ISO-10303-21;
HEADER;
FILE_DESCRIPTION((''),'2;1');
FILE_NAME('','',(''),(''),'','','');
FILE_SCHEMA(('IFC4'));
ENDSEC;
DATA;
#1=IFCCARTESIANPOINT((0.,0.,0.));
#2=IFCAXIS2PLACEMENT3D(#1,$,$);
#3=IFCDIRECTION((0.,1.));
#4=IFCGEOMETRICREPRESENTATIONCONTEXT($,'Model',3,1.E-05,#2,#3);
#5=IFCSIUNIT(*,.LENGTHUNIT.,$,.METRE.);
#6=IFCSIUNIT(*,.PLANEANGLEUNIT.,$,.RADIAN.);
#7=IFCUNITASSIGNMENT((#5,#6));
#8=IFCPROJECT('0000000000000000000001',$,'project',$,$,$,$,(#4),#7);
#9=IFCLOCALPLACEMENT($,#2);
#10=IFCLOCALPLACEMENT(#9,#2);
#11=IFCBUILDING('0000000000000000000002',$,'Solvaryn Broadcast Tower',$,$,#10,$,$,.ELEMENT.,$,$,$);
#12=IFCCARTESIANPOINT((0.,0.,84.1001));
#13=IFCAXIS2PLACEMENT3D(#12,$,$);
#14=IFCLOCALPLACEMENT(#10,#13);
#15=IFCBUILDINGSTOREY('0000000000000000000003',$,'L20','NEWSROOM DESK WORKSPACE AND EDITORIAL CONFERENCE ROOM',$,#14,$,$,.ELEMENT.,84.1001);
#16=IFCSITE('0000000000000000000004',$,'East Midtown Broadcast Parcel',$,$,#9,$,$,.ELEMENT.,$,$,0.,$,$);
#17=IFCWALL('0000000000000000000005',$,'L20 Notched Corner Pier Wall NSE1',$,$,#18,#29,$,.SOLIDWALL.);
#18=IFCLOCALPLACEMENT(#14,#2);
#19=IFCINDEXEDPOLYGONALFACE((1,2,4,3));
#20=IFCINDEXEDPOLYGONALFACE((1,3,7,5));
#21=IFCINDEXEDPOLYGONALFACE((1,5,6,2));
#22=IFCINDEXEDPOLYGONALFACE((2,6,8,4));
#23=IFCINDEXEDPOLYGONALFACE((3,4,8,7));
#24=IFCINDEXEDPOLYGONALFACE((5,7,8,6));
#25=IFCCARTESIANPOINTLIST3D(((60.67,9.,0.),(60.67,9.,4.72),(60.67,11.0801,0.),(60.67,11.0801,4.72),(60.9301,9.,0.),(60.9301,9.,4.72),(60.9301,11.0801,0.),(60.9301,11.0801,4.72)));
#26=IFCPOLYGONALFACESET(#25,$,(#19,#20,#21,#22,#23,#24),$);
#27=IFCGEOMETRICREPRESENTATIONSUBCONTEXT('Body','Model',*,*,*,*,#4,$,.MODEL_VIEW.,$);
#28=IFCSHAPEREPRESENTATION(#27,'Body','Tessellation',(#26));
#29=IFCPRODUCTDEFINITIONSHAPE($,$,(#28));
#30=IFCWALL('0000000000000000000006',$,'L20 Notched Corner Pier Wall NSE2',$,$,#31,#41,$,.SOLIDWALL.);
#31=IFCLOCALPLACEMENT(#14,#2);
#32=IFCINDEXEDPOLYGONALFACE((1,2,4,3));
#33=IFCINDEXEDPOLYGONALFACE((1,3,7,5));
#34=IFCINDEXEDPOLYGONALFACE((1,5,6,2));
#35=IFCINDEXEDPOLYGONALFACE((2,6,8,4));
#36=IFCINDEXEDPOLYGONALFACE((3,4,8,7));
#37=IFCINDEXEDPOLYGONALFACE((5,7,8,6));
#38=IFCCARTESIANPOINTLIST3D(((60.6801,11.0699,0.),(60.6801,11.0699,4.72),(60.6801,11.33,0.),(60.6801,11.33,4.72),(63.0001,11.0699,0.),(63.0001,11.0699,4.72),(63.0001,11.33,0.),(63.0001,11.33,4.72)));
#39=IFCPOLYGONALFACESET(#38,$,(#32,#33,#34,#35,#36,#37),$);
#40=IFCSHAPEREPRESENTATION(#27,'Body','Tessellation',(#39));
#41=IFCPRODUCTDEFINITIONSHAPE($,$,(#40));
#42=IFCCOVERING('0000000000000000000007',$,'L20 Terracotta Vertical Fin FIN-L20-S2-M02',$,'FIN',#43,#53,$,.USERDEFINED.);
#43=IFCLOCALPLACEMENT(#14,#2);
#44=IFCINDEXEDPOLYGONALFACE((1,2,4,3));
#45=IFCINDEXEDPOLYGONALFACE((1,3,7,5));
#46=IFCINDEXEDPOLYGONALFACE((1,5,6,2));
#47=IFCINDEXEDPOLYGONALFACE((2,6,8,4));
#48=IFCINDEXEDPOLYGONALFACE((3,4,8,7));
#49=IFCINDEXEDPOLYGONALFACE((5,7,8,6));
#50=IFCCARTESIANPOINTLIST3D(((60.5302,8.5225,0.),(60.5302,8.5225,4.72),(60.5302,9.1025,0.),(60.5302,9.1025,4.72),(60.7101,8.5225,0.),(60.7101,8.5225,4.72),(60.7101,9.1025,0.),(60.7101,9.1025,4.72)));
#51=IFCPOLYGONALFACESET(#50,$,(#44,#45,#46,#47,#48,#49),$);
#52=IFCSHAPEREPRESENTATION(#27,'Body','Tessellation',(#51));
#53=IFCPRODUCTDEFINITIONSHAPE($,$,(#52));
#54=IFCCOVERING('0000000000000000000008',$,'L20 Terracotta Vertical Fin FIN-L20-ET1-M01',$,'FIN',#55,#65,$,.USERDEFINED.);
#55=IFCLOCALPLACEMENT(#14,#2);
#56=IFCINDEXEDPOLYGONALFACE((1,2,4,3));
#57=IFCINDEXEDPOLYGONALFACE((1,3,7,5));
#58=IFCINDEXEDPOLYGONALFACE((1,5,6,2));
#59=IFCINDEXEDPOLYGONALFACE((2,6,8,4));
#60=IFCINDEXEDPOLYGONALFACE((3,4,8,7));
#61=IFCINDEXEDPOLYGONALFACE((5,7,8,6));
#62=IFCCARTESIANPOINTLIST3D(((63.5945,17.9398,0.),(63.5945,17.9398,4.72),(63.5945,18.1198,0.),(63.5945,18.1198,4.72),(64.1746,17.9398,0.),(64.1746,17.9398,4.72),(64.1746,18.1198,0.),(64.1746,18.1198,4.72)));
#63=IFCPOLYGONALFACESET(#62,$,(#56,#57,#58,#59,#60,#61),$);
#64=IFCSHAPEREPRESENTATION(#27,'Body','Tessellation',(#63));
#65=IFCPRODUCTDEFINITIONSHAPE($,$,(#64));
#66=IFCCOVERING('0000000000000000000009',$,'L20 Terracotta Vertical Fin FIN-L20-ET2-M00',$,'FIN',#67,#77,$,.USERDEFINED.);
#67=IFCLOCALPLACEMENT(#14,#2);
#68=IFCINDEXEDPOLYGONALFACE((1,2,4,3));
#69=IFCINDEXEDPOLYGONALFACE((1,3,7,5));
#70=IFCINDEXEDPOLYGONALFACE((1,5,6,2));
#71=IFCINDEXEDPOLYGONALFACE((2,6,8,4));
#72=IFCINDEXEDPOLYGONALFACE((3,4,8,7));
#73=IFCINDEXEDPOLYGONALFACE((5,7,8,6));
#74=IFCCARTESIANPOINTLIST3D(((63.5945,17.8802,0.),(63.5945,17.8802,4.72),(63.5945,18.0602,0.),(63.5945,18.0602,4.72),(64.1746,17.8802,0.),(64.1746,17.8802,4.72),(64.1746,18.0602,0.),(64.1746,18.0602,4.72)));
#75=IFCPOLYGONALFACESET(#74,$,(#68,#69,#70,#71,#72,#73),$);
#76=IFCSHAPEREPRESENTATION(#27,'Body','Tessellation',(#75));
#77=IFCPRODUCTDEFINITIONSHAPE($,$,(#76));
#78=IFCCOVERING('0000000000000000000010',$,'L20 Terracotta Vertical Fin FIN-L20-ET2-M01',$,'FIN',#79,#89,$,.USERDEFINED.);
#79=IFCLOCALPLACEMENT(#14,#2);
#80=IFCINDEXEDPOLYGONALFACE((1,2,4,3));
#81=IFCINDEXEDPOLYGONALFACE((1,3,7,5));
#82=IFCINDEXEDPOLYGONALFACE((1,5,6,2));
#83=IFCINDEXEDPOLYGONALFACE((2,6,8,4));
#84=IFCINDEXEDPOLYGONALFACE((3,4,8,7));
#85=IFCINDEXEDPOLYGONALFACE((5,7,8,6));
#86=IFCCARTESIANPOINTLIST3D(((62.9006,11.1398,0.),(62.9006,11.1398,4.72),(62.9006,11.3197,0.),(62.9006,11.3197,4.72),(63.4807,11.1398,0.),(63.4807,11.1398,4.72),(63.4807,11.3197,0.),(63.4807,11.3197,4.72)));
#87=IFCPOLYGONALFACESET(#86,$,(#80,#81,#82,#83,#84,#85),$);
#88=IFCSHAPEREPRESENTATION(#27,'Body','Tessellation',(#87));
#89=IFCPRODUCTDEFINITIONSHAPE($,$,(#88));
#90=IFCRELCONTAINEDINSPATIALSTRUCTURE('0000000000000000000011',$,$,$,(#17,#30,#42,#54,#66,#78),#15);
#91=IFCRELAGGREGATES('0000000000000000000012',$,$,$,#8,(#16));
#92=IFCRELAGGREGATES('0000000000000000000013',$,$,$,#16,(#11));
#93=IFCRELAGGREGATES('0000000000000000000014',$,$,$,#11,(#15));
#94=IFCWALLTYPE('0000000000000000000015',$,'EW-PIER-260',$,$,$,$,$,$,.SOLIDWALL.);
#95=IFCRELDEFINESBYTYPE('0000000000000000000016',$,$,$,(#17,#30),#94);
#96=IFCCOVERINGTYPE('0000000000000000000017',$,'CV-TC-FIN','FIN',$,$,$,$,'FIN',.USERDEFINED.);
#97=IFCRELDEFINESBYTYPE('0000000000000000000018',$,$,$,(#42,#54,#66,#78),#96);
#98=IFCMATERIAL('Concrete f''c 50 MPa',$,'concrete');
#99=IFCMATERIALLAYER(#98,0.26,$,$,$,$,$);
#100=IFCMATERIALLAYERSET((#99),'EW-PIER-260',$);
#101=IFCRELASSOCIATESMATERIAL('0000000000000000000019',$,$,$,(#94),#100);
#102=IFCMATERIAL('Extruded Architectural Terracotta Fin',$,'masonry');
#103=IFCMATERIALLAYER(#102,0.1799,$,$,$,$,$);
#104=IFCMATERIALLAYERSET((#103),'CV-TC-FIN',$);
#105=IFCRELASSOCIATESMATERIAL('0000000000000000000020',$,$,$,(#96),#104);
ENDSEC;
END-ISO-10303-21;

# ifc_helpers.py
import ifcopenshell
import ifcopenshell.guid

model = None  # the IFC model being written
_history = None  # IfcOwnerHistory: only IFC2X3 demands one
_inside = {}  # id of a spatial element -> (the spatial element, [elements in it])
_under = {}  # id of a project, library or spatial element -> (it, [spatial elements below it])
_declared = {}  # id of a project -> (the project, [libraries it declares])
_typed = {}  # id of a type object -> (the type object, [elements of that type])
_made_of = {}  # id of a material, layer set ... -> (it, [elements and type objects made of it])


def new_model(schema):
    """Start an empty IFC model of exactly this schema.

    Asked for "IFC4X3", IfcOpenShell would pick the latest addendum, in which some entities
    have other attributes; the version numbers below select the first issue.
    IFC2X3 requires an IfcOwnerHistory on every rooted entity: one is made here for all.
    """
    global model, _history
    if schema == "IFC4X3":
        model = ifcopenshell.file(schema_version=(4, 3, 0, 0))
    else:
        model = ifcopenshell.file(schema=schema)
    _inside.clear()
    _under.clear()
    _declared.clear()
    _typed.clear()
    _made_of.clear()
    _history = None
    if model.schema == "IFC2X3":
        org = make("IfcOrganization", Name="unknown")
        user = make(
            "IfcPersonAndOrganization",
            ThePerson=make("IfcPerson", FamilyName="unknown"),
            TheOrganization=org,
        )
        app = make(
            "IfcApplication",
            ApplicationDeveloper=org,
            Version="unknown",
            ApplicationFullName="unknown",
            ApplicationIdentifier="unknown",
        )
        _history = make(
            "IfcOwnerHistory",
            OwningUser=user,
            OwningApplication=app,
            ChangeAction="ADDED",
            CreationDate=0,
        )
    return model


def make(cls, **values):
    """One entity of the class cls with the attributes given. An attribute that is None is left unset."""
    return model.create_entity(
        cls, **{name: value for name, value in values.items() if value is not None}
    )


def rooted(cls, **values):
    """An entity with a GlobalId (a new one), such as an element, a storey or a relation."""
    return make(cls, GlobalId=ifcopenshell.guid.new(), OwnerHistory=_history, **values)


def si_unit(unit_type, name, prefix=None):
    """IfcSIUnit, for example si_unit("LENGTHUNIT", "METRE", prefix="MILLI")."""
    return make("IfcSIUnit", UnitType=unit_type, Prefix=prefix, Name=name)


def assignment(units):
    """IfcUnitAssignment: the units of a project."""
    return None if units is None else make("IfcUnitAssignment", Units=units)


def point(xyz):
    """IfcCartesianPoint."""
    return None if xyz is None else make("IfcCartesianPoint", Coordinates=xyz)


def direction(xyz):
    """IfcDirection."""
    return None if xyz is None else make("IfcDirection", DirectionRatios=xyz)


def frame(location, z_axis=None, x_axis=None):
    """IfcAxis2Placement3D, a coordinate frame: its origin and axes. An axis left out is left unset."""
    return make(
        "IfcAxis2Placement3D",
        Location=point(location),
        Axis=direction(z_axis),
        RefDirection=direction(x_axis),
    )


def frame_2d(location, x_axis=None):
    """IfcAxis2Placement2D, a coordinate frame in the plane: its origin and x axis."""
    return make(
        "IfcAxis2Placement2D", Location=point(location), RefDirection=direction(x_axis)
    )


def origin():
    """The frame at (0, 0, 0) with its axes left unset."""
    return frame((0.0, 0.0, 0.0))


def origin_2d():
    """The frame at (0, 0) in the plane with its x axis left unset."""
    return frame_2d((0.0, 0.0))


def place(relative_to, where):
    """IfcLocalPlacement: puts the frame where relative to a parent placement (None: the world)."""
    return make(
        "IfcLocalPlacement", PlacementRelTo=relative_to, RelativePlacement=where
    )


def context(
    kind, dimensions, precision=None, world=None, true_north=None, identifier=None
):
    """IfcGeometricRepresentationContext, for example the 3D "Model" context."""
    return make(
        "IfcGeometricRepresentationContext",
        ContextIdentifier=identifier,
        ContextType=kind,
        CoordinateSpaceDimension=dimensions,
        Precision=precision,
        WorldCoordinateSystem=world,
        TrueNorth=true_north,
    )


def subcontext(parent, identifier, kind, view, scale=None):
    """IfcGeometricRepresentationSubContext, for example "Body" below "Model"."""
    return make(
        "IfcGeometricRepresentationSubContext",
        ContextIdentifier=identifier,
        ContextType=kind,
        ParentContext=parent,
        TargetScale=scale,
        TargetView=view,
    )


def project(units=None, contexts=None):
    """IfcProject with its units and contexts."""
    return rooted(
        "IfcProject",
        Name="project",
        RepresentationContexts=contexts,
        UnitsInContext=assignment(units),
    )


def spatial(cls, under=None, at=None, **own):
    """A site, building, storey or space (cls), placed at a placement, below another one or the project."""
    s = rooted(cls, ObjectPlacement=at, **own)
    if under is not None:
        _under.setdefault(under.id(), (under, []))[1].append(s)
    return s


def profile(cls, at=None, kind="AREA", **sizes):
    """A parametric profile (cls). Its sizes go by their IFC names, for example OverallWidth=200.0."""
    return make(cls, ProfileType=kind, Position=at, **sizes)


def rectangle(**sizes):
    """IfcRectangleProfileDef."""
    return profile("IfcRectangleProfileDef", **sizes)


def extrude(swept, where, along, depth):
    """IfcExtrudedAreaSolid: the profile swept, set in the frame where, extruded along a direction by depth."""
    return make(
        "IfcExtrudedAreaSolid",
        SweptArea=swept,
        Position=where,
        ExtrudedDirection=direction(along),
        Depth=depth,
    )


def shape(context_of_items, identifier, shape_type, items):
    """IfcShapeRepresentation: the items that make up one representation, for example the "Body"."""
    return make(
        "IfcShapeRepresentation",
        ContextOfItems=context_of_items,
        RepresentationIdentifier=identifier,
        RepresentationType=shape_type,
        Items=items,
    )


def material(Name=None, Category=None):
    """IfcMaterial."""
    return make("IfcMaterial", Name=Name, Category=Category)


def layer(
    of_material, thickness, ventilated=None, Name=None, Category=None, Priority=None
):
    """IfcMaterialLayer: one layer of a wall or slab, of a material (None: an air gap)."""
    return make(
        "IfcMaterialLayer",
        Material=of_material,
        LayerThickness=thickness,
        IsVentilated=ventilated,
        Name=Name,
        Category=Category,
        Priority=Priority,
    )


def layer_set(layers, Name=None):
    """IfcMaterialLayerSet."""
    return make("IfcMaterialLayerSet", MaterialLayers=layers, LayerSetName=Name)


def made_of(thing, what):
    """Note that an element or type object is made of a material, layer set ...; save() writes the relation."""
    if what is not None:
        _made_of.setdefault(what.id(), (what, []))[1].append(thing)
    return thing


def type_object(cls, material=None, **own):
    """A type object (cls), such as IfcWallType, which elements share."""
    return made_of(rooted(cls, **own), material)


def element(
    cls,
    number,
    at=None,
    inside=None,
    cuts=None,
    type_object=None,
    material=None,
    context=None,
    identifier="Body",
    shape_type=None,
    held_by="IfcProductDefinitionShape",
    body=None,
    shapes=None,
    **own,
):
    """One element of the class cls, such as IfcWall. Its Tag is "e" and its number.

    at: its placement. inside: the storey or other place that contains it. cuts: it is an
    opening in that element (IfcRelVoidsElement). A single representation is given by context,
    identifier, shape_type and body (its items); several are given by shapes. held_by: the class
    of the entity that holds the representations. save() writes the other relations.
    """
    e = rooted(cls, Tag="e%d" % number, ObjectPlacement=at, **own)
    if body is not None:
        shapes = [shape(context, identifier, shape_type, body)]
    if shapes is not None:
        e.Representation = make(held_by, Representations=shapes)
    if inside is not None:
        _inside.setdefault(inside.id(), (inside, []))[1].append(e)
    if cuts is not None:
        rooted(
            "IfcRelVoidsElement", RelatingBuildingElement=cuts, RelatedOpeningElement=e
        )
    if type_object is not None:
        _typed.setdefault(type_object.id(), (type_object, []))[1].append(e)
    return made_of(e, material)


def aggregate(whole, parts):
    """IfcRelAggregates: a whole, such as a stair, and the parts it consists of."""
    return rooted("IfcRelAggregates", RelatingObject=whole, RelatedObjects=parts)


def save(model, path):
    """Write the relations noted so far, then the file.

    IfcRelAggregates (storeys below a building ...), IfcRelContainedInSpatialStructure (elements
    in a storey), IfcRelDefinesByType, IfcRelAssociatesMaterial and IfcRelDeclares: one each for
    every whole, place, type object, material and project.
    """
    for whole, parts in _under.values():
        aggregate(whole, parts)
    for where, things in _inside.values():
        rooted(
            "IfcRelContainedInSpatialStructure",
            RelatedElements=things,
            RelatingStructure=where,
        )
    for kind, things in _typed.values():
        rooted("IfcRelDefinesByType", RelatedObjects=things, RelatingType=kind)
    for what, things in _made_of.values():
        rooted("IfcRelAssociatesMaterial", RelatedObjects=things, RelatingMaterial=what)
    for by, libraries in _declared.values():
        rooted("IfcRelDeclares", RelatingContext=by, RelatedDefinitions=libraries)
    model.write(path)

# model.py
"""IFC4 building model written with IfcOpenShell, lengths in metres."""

from ifc_helpers import new_model, si_unit, direction, frame, frame_2d, origin, origin_2d, place, context, subcontext, project, spatial, rectangle, extrude, material, layer, layer_set, type_object, element, save


model = new_model("IFC4")

# Units and contexts
model_context = context("Model", 3, precision=1e-05, world=origin(), true_north=direction((0.0, 1.0)))
body_context = subcontext(model_context, "Body", "Model", "MODEL_VIEW")
ifc_project = project(units=[si_unit("LENGTHUNIT", "METRE"), si_unit("PLANEANGLEUNIT", "RADIAN")], contexts=[model_context])

# Site, building, storey
site_placement = place(None, origin())
site = spatial("IfcSite", under=ifc_project, at=site_placement, Name="East Midtown Broadcast Parcel", CompositionType="ELEMENT", RefElevation=0.0)
building_placement = place(site_placement, origin())
building = spatial("IfcBuilding", under=site, at=building_placement, Name="Solvaryn Broadcast Tower", CompositionType="ELEMENT")
storey_placement = place(building_placement, frame((0.0, 0.0, 84.1001)))
storey = spatial("IfcBuildingStorey", under=building, at=storey_placement, Name="L20", Description="NEWSROOM DESK WORKSPACE AND EDITORIAL CONFERENCE ROOM", CompositionType="ELEMENT", Elevation=84.1001)

# Walls
ifc_material_1 = material(Name="Concrete f'c 50 MPa", Category="concrete")
ifc_layer_1 = layer(ifc_material_1, 0.26)
ifc_layer_set_1 = layer_set([ifc_layer_1], Name="EW-PIER-260")
wall_type = type_object("IfcWallType", Name="EW-PIER-260", PredefinedType="SOLIDWALL", material=ifc_layer_set_1)
wall_1_placement = place(storey_placement, frame((60.8, 9.0, 0.0), z_axis=(0.0, 0.0, 1.0), x_axis=(0.0, 1.0, 0.0)))
element("IfcWall", 1, at=wall_1_placement, inside=storey, type_object=wall_type, Name="L20 Notched Corner Pier Wall NSE1", PredefinedType="SOLIDWALL", context=body_context, shape_type="SweptSolid", body=[
    extrude(rectangle(XDim=2.0801, YDim=0.26, at=frame_2d((1.04, 0.0))), origin(), (0.0, 0.0, 1.0), 4.72),
])
wall_2_placement = place(storey_placement, frame((60.6799, 11.2, 0.0), z_axis=(0.0, 0.0, 1.0), x_axis=(1.0, 0.0, 0.0)))
element("IfcWall", 2, at=wall_2_placement, inside=storey, type_object=wall_type, Name="L20 Notched Corner Pier Wall NSE2", PredefinedType="SOLIDWALL", context=body_context, shape_type="SweptSolid", body=[
    extrude(rectangle(XDim=2.3201, YDim=0.26, at=frame_2d((1.1602, 0.0))), origin(), (0.0, 0.0, 1.0), 4.72),
])

# Coverings
ifc_material_2 = material(Name="Extruded Architectural Terracotta Fin", Category="masonry")
ifc_layer_2 = layer(ifc_material_2, 0.1799)
ifc_layer_set_2 = layer_set([ifc_layer_2], Name="CV-TC-FIN")
covering_type = type_object("IfcCoveringType", Name="CV-TC-FIN", Description="FIN", ElementType="FIN", PredefinedType="USERDEFINED", material=ifc_layer_set_2)
covering_placement = place(storey_placement, frame((60.6201, 8.8125, 0.0), z_axis=(0.0, 0.0, 1.0), x_axis=(1.0, 0.0, 0.0)))
element("IfcCovering", 3, at=covering_placement, inside=storey, type_object=covering_type, Name="L20 Terracotta Vertical Fin FIN-L20-S2-M02", ObjectType="FIN", PredefinedType="USERDEFINED", context=body_context, shape_type="SweptSolid", body=[
    extrude(rectangle(XDim=0.1799, YDim=0.5801, at=origin_2d()), origin(), (0.0, 0.0, 1.0), 4.72),
])
for number, where, z_axis, x_axis, name in (
    (4, (63.8845, 18.0298, 0.0), (0.0, 0.0, 1.0), (1.0, 0.0, 0.0), "L20 Terracotta Vertical Fin FIN-L20-ET1-M01"),
    (5, (63.8845, 17.9702, 0.0), (0.0, 0.0, 1.0), (1.0, 0.0, 0.0), "L20 Terracotta Vertical Fin FIN-L20-ET2-M00"),
    (6, (63.1907, 11.2297, 0.0), (0.0, 0.0, 1.0), (1.0, 0.0, 0.0), "L20 Terracotta Vertical Fin FIN-L20-ET2-M01"),
):
    element("IfcCovering", number, at=place(storey_placement, frame(where, z_axis=z_axis, x_axis=x_axis)), inside=storey, type_object=covering_type, Name=name, ObjectType="FIN", PredefinedType="USERDEFINED", context=body_context, shape_type="SweptSolid", body=[
        extrude(rectangle(XDim=0.5801, YDim=0.1799, at=origin_2d()), origin(), (0.0, 0.0, 1.0), 4.72),
    ])

save(model, "model.ifc")
